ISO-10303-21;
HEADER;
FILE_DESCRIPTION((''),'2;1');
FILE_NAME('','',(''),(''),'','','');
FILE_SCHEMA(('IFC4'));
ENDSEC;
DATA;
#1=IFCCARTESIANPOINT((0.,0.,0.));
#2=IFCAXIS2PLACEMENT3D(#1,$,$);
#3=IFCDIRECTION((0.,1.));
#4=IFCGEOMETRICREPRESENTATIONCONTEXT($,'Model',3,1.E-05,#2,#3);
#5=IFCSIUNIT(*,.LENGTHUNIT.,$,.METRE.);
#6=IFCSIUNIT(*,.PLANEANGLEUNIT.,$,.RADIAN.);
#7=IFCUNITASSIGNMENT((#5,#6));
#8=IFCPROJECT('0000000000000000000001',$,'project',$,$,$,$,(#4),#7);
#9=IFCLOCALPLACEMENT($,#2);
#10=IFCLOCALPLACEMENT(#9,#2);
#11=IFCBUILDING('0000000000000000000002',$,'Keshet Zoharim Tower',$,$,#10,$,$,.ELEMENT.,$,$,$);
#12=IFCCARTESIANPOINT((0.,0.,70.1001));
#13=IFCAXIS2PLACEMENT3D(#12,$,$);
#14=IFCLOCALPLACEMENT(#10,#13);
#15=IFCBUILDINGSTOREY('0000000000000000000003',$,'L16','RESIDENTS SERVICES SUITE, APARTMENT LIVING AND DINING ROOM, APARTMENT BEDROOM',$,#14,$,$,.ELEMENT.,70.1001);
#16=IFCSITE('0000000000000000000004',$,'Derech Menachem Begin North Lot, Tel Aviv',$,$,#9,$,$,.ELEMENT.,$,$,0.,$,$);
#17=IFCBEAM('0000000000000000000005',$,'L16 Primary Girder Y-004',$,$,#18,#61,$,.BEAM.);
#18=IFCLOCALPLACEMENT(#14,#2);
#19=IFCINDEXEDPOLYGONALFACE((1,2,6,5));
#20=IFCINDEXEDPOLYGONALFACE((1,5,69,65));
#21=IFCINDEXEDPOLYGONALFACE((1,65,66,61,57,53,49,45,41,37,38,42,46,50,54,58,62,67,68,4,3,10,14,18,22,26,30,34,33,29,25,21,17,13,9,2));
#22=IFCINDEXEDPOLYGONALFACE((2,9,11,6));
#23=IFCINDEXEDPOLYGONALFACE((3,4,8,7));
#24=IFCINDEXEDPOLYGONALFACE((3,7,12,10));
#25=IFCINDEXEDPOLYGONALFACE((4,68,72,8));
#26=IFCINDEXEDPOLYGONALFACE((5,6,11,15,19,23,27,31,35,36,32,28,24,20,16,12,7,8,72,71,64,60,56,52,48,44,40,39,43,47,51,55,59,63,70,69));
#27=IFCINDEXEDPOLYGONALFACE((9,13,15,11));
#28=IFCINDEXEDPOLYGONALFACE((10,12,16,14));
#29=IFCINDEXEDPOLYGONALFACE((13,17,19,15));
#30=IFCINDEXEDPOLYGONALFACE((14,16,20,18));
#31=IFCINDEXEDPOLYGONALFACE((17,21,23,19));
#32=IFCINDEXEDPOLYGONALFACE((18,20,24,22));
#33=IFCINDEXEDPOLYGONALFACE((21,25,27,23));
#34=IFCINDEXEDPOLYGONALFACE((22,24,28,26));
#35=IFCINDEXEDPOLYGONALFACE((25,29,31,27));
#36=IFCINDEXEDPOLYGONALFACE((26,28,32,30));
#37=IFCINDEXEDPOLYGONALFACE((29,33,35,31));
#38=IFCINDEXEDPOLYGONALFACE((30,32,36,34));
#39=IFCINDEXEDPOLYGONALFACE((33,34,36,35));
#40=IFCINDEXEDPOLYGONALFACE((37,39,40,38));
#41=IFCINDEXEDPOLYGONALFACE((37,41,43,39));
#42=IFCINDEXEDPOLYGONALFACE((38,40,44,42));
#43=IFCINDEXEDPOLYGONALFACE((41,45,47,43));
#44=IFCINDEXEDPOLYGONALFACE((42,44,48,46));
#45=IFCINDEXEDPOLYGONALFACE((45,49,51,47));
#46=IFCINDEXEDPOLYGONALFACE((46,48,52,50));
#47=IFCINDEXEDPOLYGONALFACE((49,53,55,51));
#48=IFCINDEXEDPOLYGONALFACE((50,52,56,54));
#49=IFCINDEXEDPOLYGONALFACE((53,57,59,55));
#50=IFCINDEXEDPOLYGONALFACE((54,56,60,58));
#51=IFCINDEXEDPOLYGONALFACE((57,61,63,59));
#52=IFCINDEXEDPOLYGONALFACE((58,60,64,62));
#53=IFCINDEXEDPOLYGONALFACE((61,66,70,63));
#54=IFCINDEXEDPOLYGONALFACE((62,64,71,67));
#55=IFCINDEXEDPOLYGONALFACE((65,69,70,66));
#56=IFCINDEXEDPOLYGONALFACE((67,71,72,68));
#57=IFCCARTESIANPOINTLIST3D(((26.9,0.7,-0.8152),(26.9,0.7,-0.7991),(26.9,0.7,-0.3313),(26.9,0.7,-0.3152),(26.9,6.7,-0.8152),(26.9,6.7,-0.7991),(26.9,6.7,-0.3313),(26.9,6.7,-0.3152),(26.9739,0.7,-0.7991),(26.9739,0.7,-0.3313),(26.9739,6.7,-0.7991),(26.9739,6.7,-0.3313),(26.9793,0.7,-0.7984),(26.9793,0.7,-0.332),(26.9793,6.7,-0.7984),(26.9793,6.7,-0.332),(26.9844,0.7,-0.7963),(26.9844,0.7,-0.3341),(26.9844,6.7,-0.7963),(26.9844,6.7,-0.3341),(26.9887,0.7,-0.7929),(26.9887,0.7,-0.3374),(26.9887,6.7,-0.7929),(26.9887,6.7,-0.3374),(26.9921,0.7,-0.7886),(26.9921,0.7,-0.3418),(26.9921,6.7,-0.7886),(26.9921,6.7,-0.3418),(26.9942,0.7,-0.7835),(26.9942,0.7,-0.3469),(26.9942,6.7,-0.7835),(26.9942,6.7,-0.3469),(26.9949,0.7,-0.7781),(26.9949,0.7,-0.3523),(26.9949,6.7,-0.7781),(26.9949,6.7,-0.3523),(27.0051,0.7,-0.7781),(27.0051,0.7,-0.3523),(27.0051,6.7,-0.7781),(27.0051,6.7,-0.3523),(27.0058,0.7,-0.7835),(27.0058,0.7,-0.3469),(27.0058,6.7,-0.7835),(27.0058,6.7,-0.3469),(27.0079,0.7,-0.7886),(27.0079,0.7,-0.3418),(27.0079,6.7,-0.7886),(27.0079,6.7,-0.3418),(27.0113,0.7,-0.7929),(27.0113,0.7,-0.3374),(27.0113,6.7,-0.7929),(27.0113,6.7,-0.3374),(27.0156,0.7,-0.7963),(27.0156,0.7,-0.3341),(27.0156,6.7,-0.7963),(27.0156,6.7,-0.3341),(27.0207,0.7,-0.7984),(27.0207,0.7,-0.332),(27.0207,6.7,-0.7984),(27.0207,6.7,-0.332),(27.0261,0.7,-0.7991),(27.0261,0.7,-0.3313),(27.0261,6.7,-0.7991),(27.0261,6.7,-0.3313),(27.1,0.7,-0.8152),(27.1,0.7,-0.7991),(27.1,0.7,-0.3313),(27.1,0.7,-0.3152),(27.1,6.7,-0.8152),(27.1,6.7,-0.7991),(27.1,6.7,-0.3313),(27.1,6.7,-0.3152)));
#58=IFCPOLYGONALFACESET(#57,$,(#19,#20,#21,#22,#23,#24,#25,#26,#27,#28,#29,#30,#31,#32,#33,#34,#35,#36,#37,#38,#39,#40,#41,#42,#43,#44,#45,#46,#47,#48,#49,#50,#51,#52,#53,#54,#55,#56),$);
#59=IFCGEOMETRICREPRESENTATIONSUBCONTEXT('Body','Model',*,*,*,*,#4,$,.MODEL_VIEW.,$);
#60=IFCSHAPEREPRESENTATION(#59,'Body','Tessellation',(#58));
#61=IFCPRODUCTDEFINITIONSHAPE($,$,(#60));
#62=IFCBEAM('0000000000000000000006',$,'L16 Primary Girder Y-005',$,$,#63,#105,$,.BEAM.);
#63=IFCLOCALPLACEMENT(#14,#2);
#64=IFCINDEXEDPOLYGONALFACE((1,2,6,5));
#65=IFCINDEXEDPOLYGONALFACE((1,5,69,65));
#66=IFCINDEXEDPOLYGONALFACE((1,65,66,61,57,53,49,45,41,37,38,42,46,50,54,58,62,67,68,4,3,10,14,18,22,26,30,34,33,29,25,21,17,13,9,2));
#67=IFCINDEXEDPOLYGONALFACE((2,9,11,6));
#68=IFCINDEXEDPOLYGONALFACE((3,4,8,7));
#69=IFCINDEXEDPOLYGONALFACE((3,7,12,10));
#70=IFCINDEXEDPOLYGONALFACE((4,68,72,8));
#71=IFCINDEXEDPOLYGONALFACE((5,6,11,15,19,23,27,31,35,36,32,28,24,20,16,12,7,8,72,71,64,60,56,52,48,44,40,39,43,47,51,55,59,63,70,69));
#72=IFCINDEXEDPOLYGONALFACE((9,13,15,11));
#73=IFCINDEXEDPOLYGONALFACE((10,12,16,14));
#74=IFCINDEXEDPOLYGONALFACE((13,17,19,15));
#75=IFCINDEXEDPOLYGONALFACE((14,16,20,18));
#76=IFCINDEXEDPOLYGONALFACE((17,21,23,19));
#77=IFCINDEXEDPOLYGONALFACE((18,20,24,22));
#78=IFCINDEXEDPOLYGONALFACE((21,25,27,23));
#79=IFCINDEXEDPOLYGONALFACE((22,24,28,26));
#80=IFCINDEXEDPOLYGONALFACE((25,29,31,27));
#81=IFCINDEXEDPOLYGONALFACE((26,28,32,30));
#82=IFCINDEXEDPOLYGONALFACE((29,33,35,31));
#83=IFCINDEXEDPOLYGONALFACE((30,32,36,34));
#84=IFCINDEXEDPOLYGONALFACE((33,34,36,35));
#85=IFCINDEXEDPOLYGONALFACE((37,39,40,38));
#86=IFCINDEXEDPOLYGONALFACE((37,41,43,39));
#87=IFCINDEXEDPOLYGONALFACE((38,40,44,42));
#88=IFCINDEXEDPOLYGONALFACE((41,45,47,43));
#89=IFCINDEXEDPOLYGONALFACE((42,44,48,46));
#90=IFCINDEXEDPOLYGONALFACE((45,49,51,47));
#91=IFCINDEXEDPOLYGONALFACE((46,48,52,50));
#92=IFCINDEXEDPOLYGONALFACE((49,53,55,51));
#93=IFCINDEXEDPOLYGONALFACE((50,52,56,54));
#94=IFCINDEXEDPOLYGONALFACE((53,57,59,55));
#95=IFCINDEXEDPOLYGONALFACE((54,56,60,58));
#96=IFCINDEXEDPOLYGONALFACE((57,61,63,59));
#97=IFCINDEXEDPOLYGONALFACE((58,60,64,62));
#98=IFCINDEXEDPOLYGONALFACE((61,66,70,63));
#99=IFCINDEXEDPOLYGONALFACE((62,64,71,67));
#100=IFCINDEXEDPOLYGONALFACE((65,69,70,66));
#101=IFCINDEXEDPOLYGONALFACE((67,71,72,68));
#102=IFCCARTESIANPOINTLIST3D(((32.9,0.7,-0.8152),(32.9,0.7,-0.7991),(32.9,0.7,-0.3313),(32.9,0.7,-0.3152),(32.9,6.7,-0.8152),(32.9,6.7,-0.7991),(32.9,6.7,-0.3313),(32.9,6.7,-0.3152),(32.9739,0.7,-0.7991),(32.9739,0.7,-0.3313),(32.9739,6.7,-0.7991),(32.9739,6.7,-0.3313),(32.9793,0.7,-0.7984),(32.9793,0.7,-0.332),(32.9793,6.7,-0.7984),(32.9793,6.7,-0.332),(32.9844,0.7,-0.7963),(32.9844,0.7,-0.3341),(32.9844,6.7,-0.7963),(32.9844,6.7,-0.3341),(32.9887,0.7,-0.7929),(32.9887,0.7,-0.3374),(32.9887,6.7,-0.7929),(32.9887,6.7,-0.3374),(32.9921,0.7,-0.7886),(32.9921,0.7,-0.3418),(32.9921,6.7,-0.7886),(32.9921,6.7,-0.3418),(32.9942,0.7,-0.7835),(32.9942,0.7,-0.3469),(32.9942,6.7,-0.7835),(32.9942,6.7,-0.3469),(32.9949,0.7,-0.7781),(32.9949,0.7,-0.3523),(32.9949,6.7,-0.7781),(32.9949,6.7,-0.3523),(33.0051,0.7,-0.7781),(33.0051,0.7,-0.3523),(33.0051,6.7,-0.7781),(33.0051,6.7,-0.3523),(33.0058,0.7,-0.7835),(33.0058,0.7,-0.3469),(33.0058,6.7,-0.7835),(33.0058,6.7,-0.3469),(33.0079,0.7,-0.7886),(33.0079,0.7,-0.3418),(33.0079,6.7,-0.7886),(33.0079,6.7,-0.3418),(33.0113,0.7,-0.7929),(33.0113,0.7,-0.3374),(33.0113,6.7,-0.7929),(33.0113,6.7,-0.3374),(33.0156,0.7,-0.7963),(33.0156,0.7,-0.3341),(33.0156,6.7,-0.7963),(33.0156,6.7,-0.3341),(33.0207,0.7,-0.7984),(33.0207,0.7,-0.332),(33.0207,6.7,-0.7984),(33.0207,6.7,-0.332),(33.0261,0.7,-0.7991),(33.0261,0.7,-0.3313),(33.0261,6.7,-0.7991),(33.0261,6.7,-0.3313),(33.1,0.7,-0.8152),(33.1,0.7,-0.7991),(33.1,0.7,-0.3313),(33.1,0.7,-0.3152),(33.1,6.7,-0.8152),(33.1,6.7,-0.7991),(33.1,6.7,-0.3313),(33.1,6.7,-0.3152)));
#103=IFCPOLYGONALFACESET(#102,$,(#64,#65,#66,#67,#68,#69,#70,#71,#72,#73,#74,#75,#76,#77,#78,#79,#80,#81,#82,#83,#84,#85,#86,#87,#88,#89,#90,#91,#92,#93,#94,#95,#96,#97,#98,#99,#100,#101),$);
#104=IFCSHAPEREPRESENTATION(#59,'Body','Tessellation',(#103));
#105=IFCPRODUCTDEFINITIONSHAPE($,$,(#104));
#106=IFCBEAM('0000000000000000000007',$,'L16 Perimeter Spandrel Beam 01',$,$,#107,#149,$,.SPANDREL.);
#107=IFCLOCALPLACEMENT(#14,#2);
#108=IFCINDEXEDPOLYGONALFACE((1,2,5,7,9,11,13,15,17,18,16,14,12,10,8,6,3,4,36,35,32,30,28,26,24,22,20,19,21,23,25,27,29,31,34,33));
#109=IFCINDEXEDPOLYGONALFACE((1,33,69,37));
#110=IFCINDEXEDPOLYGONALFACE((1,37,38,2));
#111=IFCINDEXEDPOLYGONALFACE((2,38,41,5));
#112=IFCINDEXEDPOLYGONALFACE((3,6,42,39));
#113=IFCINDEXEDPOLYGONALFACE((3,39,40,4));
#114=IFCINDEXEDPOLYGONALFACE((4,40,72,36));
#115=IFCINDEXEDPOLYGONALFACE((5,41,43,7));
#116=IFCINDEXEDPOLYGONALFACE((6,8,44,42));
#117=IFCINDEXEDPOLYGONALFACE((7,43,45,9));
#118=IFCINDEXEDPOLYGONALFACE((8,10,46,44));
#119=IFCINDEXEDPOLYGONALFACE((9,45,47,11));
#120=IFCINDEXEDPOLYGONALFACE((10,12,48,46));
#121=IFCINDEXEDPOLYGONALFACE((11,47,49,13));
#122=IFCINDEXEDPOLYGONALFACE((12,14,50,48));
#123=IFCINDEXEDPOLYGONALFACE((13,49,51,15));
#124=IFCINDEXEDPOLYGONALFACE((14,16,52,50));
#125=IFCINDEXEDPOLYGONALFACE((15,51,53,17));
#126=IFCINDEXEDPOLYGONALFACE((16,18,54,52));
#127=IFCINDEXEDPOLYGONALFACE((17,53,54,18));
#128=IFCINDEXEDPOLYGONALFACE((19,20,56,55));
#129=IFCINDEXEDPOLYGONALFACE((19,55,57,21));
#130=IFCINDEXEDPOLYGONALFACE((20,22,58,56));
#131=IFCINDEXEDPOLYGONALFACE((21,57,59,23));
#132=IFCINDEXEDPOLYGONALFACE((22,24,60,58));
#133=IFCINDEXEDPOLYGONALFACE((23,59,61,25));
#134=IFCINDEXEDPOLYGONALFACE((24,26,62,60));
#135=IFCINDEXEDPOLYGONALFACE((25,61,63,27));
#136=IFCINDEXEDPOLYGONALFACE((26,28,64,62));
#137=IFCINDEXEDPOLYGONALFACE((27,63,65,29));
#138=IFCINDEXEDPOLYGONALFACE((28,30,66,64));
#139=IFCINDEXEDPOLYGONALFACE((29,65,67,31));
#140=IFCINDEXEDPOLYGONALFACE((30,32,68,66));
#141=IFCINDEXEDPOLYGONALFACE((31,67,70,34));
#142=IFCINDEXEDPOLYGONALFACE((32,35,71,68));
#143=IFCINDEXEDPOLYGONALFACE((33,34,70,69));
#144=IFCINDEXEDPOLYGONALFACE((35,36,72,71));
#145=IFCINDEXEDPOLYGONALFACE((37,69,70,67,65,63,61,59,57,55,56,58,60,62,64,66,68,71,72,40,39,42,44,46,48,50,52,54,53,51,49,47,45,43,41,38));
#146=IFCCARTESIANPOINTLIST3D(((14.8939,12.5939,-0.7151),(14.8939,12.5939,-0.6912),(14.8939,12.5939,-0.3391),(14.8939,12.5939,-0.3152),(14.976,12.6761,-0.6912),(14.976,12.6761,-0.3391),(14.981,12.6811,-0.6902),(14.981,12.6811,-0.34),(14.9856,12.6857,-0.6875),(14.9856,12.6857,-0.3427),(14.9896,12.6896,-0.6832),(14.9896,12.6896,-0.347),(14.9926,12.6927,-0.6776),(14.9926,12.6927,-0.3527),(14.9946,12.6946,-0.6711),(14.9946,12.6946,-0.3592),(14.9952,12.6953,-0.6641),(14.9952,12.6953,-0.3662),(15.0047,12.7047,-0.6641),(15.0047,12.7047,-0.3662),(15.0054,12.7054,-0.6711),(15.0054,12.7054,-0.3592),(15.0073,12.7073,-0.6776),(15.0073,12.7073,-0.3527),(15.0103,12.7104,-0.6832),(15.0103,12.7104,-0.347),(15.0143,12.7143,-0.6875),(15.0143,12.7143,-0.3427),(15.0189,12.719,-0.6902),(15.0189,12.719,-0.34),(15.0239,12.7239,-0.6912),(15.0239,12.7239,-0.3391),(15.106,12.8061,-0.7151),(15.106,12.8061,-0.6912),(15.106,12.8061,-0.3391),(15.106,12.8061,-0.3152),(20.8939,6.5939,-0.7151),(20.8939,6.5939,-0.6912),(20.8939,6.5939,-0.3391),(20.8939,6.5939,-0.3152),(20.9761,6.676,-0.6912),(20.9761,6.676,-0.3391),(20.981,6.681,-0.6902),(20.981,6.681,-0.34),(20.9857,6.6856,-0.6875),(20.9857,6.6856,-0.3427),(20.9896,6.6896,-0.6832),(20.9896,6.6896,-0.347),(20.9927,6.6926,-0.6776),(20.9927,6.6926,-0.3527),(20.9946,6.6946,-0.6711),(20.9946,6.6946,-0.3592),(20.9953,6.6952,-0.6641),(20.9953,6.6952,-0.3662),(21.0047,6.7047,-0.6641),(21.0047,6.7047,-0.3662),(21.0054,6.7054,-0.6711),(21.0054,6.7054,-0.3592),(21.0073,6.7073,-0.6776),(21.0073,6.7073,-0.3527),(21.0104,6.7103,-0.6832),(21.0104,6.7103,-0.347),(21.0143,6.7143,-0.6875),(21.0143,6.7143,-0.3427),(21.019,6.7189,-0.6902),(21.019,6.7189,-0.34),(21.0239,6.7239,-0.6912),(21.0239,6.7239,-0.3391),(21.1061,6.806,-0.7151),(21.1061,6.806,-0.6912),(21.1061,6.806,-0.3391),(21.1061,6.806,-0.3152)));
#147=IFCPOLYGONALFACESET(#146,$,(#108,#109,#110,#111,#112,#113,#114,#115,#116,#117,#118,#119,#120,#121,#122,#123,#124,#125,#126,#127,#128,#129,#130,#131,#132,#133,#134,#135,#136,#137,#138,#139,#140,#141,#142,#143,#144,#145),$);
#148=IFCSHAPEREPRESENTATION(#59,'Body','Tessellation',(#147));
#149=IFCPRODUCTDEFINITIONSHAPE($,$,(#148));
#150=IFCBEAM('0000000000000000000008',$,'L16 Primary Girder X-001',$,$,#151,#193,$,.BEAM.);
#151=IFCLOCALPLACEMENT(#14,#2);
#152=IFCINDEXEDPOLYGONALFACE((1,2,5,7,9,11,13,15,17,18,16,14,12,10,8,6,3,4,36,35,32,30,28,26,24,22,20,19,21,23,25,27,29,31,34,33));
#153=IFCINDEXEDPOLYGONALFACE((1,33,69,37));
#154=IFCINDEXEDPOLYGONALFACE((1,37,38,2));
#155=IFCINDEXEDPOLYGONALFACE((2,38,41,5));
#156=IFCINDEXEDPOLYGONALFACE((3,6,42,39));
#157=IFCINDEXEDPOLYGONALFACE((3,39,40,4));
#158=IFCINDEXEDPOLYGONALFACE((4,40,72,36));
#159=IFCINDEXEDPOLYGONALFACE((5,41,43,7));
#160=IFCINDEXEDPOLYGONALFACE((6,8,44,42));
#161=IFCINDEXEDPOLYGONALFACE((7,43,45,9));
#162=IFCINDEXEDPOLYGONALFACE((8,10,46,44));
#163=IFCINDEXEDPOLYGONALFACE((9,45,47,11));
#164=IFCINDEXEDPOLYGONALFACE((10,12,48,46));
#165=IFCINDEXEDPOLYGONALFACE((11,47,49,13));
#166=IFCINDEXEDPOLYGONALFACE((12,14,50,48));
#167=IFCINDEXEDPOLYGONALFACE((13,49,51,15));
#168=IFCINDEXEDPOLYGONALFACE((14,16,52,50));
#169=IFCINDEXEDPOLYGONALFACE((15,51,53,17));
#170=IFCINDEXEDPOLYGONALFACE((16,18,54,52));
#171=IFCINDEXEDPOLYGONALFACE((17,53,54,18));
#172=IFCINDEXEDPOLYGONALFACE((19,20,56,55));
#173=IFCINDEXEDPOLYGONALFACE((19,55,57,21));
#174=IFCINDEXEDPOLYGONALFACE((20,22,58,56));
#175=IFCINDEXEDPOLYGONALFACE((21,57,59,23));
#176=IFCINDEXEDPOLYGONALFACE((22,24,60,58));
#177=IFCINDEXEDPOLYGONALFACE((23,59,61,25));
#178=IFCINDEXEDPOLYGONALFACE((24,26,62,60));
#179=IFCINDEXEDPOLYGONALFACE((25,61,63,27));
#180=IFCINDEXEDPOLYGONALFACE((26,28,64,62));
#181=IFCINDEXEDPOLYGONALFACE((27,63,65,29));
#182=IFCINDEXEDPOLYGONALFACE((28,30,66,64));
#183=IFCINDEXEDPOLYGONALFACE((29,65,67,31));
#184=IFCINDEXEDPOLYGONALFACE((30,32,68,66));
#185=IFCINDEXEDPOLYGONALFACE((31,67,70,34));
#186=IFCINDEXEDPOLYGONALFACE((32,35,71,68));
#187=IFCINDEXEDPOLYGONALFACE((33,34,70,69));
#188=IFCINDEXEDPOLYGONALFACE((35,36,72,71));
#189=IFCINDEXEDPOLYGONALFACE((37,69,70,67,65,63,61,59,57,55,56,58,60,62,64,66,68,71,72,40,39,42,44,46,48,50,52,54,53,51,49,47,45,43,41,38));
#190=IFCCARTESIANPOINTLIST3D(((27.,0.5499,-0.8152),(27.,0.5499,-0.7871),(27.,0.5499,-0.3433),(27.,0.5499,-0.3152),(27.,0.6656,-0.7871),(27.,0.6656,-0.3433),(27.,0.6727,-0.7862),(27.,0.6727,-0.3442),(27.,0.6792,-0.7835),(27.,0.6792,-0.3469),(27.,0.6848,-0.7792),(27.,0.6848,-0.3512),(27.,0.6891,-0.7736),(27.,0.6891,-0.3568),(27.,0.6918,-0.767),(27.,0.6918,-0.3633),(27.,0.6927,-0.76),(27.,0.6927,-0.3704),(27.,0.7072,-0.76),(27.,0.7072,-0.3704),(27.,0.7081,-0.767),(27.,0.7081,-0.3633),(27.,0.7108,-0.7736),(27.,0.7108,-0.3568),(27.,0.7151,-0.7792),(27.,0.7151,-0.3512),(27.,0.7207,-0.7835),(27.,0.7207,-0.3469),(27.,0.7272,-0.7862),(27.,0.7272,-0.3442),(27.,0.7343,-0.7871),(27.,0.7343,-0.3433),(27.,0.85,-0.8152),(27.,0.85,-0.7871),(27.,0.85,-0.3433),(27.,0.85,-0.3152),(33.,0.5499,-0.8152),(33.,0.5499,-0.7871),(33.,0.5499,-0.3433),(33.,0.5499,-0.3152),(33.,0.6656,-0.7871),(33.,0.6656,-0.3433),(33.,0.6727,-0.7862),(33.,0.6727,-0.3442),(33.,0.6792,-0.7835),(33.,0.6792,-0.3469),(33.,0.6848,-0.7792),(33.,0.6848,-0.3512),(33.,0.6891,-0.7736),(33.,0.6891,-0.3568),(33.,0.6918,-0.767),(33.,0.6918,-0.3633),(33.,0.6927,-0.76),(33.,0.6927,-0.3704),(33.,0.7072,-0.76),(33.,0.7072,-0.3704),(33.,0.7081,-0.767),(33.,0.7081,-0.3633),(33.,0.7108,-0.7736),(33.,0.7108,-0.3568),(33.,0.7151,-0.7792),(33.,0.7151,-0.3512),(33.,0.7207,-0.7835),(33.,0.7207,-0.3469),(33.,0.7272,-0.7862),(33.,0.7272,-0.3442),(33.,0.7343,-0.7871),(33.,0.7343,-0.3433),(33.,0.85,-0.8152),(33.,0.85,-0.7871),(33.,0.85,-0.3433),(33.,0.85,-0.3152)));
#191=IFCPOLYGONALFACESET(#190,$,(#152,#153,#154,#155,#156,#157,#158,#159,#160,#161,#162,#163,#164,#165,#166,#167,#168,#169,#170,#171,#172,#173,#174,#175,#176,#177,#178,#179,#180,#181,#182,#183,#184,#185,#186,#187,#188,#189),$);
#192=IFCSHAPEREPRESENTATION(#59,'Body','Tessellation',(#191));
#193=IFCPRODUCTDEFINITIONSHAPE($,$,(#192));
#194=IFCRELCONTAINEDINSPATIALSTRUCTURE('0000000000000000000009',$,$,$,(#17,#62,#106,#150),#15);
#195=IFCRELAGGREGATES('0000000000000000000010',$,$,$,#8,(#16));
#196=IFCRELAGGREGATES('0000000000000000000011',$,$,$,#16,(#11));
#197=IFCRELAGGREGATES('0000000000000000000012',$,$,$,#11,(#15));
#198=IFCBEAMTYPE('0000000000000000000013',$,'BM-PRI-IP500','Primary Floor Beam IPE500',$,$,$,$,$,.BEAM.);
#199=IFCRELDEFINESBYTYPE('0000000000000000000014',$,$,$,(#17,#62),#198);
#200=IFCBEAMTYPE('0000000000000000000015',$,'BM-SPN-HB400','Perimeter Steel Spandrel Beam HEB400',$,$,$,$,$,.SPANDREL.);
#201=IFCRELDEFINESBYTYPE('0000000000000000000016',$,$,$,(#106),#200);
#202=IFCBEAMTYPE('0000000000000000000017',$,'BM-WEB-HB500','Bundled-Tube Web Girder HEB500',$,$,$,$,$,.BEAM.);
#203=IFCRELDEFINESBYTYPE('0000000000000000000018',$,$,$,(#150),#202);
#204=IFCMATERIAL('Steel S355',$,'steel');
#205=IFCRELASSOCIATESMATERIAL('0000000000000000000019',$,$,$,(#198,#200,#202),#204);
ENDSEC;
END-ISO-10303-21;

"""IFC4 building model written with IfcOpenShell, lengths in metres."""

from ifc_helpers import new_model, si_unit, direction, frame, origin, origin_2d, place, context, subcontext, project, spatial, i_section, extrude, material, material_profile, profile_set, type_object, element, save


model = new_model("IFC4")

# Units and contexts
model_context = context("Model", 3, precision=1e-05, world=origin(), true_north=direction((0.0, 1.0)))
body_context = subcontext(model_context, "Body", "Model", "MODEL_VIEW")
ifc_project = project(units=[si_unit("LENGTHUNIT", "METRE"), si_unit("PLANEANGLEUNIT", "RADIAN")], contexts=[model_context])

# Site, building, storey
site_placement = place(None, origin())
site = spatial("IfcSite", under=ifc_project, at=site_placement, Name="Derech Menachem Begin North Lot, Tel Aviv", CompositionType="ELEMENT", RefElevation=0.0)
building_placement = place(site_placement, origin())
building = spatial("IfcBuilding", under=site, at=building_placement, Name="Keshet Zoharim Tower", CompositionType="ELEMENT")
storey_placement = place(building_placement, frame((0.0, 0.0, 70.1001)))
storey = spatial("IfcBuildingStorey", under=building, at=storey_placement, Name="L16", Description="RESIDENTS SERVICES SUITE, APARTMENT LIVING AND DINING ROOM, APARTMENT BEDROOM", CompositionType="ELEMENT", Elevation=70.1001)

# Shared definitions
ifc_material_1 = material(Name="Steel S355", Category="steel")

# Beams
ifc_material_profile_1 = material_profile(ifc_material_1, i_section(OverallWidth=0.2, OverallDepth=0.5, WebThickness=0.0103, FlangeThickness=0.0161, FilletRadius=0.021, at=origin_2d()), Name="IPE500")
ifc_profile_set_1 = profile_set([ifc_material_profile_1], Name="Steel S355")
beam_type_1 = type_object("IfcBeamType", Name="BM-PRI-IP500", Description="Primary Floor Beam IPE500", PredefinedType="BEAM", material=ifc_profile_set_1)
for number, where, z_axis, x_axis, name in (
    (1, (27.0, 0.7, -0.5652), (0.0, 1.0, 0.0), (-1.0, 0.0, 0.0), "L16 Primary Girder Y-004"),
    (2, (33.0, 0.7, -0.5652), (0.0, 1.0, 0.0), (-1.0, 0.0, 0.0), "L16 Primary Girder Y-005"),
):
    element("IfcBeam", number, at=place(storey_placement, frame(where, z_axis=z_axis, x_axis=x_axis)), inside=storey, type_object=beam_type_1, Name=name, PredefinedType="BEAM", context=body_context, shape_type="SweptSolid", body=[
        extrude(i_section(OverallWidth=0.2, OverallDepth=0.5, WebThickness=0.0103, FlangeThickness=0.0161, FilletRadius=0.021, at=origin_2d()), origin(), (0.0, 0.0, 1.0), 6.0),
    ])
ifc_material_profile_2 = material_profile(ifc_material_1, i_section(OverallWidth=0.3, OverallDepth=0.3999, WebThickness=0.0134, FlangeThickness=0.0239, FilletRadius=0.0271, at=origin_2d()), Name="HEB400")
ifc_profile_set_2 = profile_set([ifc_material_profile_2], Name="Steel S355")
beam_type_2 = type_object("IfcBeamType", Name="BM-SPN-HB400", Description="Perimeter Steel Spandrel Beam HEB400", PredefinedType="SPANDREL", material=ifc_profile_set_2)
beam_placement = place(storey_placement, frame((21.0, 6.7, -0.5151), z_axis=(-0.707107, 0.707107, 0.0), x_axis=(-0.707107, -0.707107, 0.0)))
element("IfcBeam", 3, at=beam_placement, inside=storey, type_object=beam_type_2, Name="L16 Perimeter Spandrel Beam 01", PredefinedType="SPANDREL", context=body_context, shape_type="SweptSolid", body=[
    extrude(i_section(OverallWidth=0.3, OverallDepth=0.3999, WebThickness=0.0134, FlangeThickness=0.0239, FilletRadius=0.0271, at=origin_2d()), origin(), (0.0, 0.0, 1.0), 8.4854),
])
ifc_material_profile_3 = material_profile(ifc_material_1, i_section(OverallWidth=0.3, OverallDepth=0.5, WebThickness=0.0144, FlangeThickness=0.0281, FilletRadius=0.0271, at=origin_2d()), Name="HEB500")
ifc_profile_set_3 = profile_set([ifc_material_profile_3], Name="Steel S355")
beam_type_3 = type_object("IfcBeamType", Name="BM-WEB-HB500", Description="Bundled-Tube Web Girder HEB500", PredefinedType="BEAM", material=ifc_profile_set_3)
for number, where, z_axis, x_axis, name in (
    (4, (27.0, 0.7, -0.5652), (1.0, 0.0, 0.0), (0.0, 1.0, 0.0), "L16 Primary Girder X-001"),
):
    element("IfcBeam", number, at=place(storey_placement, frame(where, z_axis=z_axis, x_axis=x_axis)), inside=storey, type_object=beam_type_3, Name=name, PredefinedType="BEAM", context=body_context, shape_type="SweptSolid", body=[
        extrude(i_section(OverallWidth=0.3, OverallDepth=0.5, WebThickness=0.0144, FlangeThickness=0.0281, FilletRadius=0.0271, at=origin_2d()), origin(), (0.0, 0.0, 1.0), 6.0),
    ])

save(model, "model.ifc")
